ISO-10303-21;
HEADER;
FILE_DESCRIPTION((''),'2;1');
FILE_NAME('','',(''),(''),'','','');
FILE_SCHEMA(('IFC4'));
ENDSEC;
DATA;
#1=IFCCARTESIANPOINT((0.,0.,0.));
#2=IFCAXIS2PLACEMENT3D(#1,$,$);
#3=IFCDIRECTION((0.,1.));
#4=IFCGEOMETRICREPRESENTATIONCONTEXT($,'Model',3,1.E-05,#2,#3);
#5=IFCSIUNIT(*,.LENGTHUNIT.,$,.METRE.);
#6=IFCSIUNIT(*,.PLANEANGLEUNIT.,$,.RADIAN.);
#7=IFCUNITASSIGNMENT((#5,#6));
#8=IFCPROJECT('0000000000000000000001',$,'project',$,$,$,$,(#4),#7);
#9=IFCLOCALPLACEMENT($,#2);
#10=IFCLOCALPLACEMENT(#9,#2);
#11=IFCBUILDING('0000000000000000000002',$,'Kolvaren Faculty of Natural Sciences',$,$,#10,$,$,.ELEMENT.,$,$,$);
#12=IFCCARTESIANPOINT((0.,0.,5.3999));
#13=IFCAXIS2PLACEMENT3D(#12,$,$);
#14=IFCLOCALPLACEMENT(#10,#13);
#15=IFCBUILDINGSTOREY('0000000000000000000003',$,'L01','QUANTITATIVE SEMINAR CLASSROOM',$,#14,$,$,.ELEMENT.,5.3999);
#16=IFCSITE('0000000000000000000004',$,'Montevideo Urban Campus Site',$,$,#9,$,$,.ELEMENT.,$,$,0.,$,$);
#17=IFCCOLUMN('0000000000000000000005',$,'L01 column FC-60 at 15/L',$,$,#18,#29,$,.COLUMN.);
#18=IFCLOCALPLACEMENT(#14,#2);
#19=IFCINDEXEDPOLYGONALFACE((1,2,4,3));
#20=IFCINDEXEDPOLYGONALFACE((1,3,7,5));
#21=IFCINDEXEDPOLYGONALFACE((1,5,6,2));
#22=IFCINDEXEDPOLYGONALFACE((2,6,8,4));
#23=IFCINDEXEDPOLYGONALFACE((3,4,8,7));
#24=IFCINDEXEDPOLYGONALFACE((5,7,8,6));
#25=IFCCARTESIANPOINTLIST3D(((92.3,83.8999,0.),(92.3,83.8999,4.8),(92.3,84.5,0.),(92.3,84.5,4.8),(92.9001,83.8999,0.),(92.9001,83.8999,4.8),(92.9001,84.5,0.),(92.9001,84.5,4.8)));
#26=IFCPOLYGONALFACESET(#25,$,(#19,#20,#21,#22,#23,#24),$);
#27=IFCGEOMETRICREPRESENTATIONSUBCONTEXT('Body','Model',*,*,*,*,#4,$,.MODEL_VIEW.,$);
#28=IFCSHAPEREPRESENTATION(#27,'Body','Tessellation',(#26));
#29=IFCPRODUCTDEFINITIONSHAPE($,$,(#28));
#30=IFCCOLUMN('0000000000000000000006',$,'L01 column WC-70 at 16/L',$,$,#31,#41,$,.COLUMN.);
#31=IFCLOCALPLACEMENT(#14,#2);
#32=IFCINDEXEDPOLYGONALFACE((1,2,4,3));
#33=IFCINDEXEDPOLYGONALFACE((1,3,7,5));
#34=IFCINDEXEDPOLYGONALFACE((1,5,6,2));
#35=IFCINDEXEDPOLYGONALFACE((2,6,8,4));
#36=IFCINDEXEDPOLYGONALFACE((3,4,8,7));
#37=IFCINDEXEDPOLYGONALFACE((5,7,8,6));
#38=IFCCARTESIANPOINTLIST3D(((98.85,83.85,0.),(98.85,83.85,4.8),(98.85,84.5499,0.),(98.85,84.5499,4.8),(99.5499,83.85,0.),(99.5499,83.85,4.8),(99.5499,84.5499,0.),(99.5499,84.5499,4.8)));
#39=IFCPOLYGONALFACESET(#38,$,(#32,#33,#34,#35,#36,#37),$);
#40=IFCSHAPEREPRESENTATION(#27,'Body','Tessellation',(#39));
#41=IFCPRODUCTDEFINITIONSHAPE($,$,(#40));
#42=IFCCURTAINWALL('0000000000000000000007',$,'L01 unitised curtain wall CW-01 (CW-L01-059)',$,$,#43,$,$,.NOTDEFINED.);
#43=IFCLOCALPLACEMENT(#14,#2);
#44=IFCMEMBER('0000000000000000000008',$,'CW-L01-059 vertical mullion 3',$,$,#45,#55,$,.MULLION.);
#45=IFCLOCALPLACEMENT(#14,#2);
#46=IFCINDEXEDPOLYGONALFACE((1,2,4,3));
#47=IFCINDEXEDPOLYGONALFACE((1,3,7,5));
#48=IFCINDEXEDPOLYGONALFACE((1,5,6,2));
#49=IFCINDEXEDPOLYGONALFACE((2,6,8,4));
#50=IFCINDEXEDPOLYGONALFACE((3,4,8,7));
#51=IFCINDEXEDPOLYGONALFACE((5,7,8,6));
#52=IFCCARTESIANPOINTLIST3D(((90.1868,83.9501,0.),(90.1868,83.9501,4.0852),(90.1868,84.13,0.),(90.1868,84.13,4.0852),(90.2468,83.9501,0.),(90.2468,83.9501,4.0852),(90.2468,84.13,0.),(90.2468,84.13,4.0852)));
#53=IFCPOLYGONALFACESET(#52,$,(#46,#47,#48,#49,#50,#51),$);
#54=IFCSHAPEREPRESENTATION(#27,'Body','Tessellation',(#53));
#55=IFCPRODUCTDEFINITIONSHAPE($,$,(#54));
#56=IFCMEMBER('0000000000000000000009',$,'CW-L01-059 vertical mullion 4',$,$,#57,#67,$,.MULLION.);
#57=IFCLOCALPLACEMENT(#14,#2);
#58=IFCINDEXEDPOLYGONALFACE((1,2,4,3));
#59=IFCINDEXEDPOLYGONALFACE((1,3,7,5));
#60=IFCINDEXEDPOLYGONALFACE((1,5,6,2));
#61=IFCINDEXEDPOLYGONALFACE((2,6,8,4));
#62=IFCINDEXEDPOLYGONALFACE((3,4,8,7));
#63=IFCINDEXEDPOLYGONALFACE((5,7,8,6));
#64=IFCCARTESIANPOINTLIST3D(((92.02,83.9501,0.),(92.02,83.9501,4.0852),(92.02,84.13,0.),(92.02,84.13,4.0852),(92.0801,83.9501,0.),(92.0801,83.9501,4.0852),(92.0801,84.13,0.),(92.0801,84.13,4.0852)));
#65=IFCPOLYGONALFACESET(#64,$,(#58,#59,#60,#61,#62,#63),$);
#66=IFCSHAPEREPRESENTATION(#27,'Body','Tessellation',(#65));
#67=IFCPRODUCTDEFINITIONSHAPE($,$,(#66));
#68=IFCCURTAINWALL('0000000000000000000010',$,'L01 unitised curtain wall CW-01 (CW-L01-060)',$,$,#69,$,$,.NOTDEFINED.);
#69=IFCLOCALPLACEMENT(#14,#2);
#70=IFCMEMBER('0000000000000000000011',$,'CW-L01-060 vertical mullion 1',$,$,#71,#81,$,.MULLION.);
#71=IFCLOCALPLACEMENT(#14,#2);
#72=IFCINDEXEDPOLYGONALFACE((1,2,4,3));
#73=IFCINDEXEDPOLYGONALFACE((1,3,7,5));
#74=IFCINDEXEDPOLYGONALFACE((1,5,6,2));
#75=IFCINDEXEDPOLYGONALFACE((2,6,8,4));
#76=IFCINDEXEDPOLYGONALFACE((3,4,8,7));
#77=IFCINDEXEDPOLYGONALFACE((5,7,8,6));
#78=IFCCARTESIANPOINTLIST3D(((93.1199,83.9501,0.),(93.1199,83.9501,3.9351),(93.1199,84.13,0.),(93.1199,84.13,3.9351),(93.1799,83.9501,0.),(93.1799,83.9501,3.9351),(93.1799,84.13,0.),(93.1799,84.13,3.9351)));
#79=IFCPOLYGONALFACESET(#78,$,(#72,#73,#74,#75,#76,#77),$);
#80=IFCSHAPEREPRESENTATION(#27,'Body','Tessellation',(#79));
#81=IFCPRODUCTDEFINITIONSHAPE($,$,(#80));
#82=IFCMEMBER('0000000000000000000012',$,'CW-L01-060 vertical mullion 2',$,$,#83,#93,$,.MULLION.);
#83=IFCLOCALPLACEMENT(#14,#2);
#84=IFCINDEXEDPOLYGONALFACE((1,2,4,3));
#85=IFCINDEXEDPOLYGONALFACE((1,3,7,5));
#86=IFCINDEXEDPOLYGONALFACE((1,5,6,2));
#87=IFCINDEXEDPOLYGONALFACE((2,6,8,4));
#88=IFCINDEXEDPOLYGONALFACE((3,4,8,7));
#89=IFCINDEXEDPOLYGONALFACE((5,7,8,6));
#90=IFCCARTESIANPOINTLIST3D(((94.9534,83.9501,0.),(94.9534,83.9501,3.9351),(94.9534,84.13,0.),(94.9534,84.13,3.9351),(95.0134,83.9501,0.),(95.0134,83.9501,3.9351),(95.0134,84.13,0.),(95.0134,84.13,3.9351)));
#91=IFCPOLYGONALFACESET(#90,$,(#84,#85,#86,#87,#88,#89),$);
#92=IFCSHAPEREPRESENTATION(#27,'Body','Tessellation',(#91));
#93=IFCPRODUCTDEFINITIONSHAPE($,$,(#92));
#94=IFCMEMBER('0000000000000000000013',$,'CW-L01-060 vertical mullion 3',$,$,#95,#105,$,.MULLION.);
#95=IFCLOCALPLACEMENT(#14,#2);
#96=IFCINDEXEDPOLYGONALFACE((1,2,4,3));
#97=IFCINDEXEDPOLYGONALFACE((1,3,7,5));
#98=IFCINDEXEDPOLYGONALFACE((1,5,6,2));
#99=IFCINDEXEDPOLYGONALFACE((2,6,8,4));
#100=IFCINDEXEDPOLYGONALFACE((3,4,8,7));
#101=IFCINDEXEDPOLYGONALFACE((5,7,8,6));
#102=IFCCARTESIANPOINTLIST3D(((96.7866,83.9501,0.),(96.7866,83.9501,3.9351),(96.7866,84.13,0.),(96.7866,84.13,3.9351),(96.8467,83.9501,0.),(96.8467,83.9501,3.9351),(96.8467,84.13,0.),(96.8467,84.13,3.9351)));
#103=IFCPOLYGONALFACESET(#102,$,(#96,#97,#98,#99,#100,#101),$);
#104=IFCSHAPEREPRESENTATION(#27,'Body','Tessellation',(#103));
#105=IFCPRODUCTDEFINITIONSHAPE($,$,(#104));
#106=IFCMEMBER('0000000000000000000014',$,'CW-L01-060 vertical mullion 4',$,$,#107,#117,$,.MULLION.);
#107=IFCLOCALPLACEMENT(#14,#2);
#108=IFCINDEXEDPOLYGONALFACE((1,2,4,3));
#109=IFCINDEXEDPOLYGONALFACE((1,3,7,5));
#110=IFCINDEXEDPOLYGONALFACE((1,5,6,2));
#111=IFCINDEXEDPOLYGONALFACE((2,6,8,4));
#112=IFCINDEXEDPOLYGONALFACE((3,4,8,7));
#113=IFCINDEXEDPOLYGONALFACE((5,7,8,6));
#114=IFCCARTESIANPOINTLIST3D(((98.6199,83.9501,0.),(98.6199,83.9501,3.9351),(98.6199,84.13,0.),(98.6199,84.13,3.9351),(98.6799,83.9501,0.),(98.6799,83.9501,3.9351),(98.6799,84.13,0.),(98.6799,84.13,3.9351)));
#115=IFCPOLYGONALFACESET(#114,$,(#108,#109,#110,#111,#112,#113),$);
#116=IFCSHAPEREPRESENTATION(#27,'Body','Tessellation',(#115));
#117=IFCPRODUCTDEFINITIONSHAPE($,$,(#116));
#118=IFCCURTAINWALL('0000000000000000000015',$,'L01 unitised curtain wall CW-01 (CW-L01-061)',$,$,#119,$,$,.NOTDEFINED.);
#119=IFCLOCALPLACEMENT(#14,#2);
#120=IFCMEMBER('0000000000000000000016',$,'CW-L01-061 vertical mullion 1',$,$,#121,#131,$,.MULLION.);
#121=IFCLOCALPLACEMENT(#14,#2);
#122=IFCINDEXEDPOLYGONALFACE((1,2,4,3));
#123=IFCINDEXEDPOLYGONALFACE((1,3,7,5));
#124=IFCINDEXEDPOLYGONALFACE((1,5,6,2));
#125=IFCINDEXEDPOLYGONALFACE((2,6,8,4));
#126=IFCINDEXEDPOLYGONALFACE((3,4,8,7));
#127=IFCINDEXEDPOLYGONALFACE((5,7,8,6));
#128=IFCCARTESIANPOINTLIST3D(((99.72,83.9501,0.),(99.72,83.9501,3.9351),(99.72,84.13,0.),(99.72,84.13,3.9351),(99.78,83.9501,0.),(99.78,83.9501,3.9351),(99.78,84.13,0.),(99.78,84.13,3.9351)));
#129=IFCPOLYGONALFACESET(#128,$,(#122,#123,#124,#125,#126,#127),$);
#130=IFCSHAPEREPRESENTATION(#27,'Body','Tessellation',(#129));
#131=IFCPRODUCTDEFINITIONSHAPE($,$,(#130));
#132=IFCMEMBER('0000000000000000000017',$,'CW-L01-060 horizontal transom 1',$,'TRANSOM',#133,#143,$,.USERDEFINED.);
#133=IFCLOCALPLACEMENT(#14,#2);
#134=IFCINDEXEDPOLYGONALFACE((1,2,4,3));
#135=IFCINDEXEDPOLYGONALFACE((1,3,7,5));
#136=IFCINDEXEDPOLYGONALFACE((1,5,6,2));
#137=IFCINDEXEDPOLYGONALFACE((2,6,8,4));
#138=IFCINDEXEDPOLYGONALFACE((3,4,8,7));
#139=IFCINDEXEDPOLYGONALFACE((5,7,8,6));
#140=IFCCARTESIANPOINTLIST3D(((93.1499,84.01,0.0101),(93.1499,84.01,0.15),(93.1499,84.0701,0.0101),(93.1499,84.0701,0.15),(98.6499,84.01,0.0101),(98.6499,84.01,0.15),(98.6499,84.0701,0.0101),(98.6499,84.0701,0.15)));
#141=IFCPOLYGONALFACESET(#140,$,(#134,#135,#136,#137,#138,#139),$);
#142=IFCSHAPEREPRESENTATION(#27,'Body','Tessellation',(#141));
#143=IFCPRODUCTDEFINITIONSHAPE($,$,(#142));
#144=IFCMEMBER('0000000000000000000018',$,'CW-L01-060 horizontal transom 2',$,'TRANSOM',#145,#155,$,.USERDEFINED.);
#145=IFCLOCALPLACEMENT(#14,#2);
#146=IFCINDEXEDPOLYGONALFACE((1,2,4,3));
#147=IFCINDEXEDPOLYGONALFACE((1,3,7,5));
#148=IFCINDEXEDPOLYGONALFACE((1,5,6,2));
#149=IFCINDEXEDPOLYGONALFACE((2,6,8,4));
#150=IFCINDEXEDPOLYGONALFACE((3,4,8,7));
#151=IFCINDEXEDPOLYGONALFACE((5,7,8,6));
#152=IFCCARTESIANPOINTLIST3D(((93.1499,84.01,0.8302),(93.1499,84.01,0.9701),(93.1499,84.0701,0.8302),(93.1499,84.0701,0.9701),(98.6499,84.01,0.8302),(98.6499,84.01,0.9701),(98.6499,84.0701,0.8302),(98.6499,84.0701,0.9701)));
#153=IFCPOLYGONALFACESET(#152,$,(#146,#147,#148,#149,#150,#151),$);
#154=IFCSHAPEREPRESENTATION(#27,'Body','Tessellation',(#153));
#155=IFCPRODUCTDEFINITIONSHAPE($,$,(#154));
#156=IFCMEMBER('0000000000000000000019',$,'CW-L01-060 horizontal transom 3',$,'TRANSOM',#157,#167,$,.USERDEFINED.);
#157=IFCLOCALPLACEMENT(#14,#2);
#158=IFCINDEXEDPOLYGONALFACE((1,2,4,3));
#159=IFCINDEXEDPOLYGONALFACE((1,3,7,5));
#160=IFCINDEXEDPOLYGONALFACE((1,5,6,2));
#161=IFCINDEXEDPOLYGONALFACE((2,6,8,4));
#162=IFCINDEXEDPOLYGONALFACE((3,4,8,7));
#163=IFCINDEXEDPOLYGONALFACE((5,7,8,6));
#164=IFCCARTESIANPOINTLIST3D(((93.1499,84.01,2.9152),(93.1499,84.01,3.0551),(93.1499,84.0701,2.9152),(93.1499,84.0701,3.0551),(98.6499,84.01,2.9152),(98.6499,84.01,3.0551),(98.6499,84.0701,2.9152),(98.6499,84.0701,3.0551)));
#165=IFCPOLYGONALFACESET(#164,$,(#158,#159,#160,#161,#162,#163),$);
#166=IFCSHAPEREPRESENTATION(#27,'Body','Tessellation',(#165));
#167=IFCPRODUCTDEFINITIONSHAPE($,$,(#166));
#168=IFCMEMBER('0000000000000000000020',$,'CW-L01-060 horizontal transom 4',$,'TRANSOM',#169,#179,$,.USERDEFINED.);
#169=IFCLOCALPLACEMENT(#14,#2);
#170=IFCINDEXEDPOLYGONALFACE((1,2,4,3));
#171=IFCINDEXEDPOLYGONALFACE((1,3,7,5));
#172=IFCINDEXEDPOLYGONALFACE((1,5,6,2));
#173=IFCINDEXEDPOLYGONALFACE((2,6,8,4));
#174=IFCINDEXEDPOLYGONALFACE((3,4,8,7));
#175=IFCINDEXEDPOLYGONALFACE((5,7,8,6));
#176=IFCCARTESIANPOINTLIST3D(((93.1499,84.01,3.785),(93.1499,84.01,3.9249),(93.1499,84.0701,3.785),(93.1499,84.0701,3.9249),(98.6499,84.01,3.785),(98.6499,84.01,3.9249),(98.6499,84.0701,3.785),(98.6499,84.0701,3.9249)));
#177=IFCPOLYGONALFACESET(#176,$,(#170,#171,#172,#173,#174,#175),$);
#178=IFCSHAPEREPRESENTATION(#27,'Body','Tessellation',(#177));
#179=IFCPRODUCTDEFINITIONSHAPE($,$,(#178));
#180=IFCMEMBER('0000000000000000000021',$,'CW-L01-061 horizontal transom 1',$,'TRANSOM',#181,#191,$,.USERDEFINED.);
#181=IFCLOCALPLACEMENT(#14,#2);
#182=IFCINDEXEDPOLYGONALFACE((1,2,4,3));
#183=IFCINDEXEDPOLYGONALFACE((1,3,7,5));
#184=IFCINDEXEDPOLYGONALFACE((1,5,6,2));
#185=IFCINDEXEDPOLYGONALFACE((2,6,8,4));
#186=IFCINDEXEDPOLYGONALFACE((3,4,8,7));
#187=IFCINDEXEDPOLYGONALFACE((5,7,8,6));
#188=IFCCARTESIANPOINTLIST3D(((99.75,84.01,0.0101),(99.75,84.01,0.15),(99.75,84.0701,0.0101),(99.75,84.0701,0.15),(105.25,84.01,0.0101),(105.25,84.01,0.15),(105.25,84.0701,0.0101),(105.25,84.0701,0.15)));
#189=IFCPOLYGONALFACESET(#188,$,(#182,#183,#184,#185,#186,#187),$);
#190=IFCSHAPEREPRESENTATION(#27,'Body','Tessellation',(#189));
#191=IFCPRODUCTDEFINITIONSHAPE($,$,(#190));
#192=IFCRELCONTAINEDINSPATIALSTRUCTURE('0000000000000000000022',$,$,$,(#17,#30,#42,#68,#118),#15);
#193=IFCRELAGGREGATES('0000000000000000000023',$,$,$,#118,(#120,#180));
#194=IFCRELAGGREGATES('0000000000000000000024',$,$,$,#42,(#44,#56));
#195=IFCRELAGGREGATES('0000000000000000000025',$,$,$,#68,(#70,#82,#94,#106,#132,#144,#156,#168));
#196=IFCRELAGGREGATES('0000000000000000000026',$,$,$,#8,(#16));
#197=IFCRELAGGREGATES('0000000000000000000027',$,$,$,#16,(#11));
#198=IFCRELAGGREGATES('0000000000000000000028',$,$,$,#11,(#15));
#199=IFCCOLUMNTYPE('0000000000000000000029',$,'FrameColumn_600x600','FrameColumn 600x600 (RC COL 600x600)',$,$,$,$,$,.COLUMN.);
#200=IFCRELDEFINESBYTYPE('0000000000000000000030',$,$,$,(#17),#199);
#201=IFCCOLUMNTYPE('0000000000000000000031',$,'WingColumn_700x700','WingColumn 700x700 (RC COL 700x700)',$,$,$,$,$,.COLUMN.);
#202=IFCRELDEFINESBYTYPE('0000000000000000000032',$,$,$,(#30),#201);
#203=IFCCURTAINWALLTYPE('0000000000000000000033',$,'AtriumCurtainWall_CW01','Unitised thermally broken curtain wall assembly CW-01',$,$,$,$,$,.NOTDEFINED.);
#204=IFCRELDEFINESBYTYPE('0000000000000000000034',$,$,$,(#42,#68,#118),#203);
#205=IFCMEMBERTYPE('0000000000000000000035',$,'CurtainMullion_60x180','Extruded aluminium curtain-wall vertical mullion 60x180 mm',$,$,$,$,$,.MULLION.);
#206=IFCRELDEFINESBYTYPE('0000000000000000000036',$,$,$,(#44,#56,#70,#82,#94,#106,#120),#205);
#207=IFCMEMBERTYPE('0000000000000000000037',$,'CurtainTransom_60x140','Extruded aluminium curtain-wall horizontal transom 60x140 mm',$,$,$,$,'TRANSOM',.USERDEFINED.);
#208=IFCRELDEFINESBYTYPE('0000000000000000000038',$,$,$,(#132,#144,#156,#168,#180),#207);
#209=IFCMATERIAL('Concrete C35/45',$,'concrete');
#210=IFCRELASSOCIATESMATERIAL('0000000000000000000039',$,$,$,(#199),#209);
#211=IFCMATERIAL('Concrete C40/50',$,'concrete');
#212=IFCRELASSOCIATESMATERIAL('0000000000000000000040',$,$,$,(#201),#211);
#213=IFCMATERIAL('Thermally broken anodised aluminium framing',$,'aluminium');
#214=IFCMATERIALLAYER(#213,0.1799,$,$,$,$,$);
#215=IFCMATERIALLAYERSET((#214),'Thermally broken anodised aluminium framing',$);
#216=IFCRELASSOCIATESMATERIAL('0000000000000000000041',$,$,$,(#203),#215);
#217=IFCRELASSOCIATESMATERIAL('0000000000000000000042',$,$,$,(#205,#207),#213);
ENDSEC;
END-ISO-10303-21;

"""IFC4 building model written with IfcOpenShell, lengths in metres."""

from ifc_helpers import new_model, si_unit, direction, frame, origin, origin_2d, place, context, subcontext, project, spatial, rectangle, extrude, material, layer, layer_set, material_profile, profile_set, type_object, element, aggregate, save


model = new_model("IFC4")

# Units and contexts
model_context = context("Model", 3, precision=1e-05, world=origin(), true_north=direction((0.0, 1.0)))
body_context = subcontext(model_context, "Body", "Model", "MODEL_VIEW")
ifc_project = project(units=[si_unit("LENGTHUNIT", "METRE"), si_unit("PLANEANGLEUNIT", "RADIAN")], contexts=[model_context])

# Site, building, storey
site_placement = place(None, origin())
site = spatial("IfcSite", under=ifc_project, at=site_placement, Name="Montevideo Urban Campus Site", CompositionType="ELEMENT", RefElevation=0.0)
building_placement = place(site_placement, origin())
building = spatial("IfcBuilding", under=site, at=building_placement, Name="Kolvaren Faculty of Natural Sciences", CompositionType="ELEMENT")
storey_placement = place(building_placement, frame((0.0, 0.0, 5.3999)))
storey = spatial("IfcBuildingStorey", under=building, at=storey_placement, Name="L01", Description="QUANTITATIVE SEMINAR CLASSROOM", CompositionType="ELEMENT", Elevation=5.3999)

# Columns
ifc_material_1 = material(Name="Concrete C35/45", Category="concrete")
ifc_material_profile_1 = material_profile(ifc_material_1, rectangle(XDim=0.6001, YDim=0.6001, at=origin_2d()), Name="RC COL 600x600")
ifc_profile_set_1 = profile_set([ifc_material_profile_1], Name="Concrete C35/45")
column_type_1 = type_object("IfcColumnType", Name="FrameColumn_600x600", Description="FrameColumn 600x600 (RC COL 600x600)", PredefinedType="COLUMN", material=ifc_profile_set_1)
column_1_placement = place(storey_placement, frame((92.6001, 84.2, 0.0), z_axis=(0.0, 0.0, 1.0), x_axis=(1.0, 0.0, 0.0)))
element("IfcColumn", 1, at=column_1_placement, inside=storey, type_object=column_type_1, Name="L01 column FC-60 at 15/L", PredefinedType="COLUMN", context=body_context, shape_type="SweptSolid", body=[
    extrude(rectangle(XDim=0.6001, YDim=0.6001, at=origin_2d()), origin(), (0.0, 0.0, 1.0), 4.8),
])
ifc_material_2 = material(Name="Concrete C40/50", Category="concrete")
ifc_material_profile_2 = material_profile(ifc_material_2, rectangle(XDim=0.7, YDim=0.7, at=origin_2d()), Name="RC COL 700x700")
ifc_profile_set_2 = profile_set([ifc_material_profile_2], Name="Concrete C40/50")
column_type_2 = type_object("IfcColumnType", Name="WingColumn_700x700", Description="WingColumn 700x700 (RC COL 700x700)", PredefinedType="COLUMN", material=ifc_profile_set_2)
column_2_placement = place(storey_placement, frame((99.2, 84.2, 0.0), z_axis=(0.0, 0.0, 1.0), x_axis=(1.0, 0.0, 0.0)))
element("IfcColumn", 2, at=column_2_placement, inside=storey, type_object=column_type_2, Name="L01 column WC-70 at 16/L", PredefinedType="COLUMN", context=body_context, shape_type="SweptSolid", body=[
    extrude(rectangle(XDim=0.7, YDim=0.7, at=origin_2d()), origin(), (0.0, 0.0, 1.0), 4.8),
])

# Curtain walls, members
ifc_material_3 = material(Name="Thermally broken anodised aluminium framing", Category="aluminium")
ifc_layer_1 = layer(ifc_material_3, 0.1799)
ifc_layer_set_1 = layer_set([ifc_layer_1], Name="Thermally broken anodised aluminium framing")
curtain_wall_type = type_object("IfcCurtainWallType", Name="AtriumCurtainWall_CW01", Description="Unitised thermally broken curtain wall assembly CW-01", PredefinedType="NOTDEFINED", material=ifc_layer_set_1)
curtain_wall_1_placement = place(storey_placement, origin())
curtain_wall_1 = element("IfcCurtainWall", 3, at=curtain_wall_1_placement, inside=storey, type_object=curtain_wall_type, Name="L01 unitised curtain wall CW-01 (CW-L01-059)", PredefinedType="NOTDEFINED")
ifc_material_profile_3 = material_profile(ifc_material_3, rectangle(XDim=0.0601, YDim=0.1799, at=origin_2d()), Name="ALU MUL 60x180")
ifc_profile_set_3 = profile_set([ifc_material_profile_3], Name="Thermally broken anodised aluminium framing")
member_type_1 = type_object("IfcMemberType", Name="CurtainMullion_60x180", Description="Extruded aluminium curtain-wall vertical mullion 60x180 mm", PredefinedType="MULLION", material=ifc_profile_set_3)
member_1_placement = place(storey_placement, frame((90.2168, 84.04, 0.0), z_axis=(0.0, 0.0, 1.0), x_axis=(1.0, 0.0, 0.0)))
member_1 = element("IfcMember", 4, at=member_1_placement, type_object=member_type_1, Name="CW-L01-059 vertical mullion 3", PredefinedType="MULLION", context=body_context, shape_type="SweptSolid", body=[
    extrude(rectangle(XDim=0.0601, YDim=0.1799, at=origin_2d()), origin(), (0.0, 0.0, 1.0), 4.0852),
])
member_2_placement = place(storey_placement, frame((92.05, 84.04, 0.0), z_axis=(0.0, 0.0, 1.0), x_axis=(1.0, 0.0, 0.0)))
member_2 = element("IfcMember", 5, at=member_2_placement, type_object=member_type_1, Name="CW-L01-059 vertical mullion 4", PredefinedType="MULLION", context=body_context, shape_type="SweptSolid", body=[
    extrude(rectangle(XDim=0.0601, YDim=0.1799, at=origin_2d()), origin(), (0.0, 0.0, 1.0), 4.0852),
])
curtain_wall_2_placement = place(storey_placement, origin())
curtain_wall_2 = element("IfcCurtainWall", 6, at=curtain_wall_2_placement, inside=storey, type_object=curtain_wall_type, Name="L01 unitised curtain wall CW-01 (CW-L01-060)", PredefinedType="NOTDEFINED")
member_3_placement = place(storey_placement, frame((93.1499, 84.04, 0.0), z_axis=(0.0, 0.0, 1.0), x_axis=(1.0, 0.0, 0.0)))
member_3 = element("IfcMember", 7, at=member_3_placement, type_object=member_type_1, Name="CW-L01-060 vertical mullion 1", PredefinedType="MULLION", context=body_context, shape_type="SweptSolid", body=[
    extrude(rectangle(XDim=0.0601, YDim=0.1799, at=origin_2d()), origin(), (0.0, 0.0, 1.0), 3.9351),
])
member_4_placement = place(storey_placement, frame((94.9834, 84.04, 0.0), z_axis=(0.0, 0.0, 1.0), x_axis=(1.0, 0.0, 0.0)))
member_4 = element("IfcMember", 8, at=member_4_placement, type_object=member_type_1, Name="CW-L01-060 vertical mullion 2", PredefinedType="MULLION", context=body_context, shape_type="SweptSolid", body=[
    extrude(rectangle(XDim=0.0601, YDim=0.1799, at=origin_2d()), origin(), (0.0, 0.0, 1.0), 3.9351),
])
member_5_placement = place(storey_placement, frame((96.8167, 84.04, 0.0), z_axis=(0.0, 0.0, 1.0), x_axis=(1.0, 0.0, 0.0)))
member_5 = element("IfcMember", 9, at=member_5_placement, type_object=member_type_1, Name="CW-L01-060 vertical mullion 3", PredefinedType="MULLION", context=body_context, shape_type="SweptSolid", body=[
    extrude(rectangle(XDim=0.0601, YDim=0.1799, at=origin_2d()), origin(), (0.0, 0.0, 1.0), 3.9351),
])
member_6_placement = place(storey_placement, frame((98.6499, 84.04, 0.0), z_axis=(0.0, 0.0, 1.0), x_axis=(1.0, 0.0, 0.0)))
member_6 = element("IfcMember", 10, at=member_6_placement, type_object=member_type_1, Name="CW-L01-060 vertical mullion 4", PredefinedType="MULLION", context=body_context, shape_type="SweptSolid", body=[
    extrude(rectangle(XDim=0.0601, YDim=0.1799, at=origin_2d()), origin(), (0.0, 0.0, 1.0), 3.9351),
])

# Curtain wall, member
curtain_wall_3_placement = place(storey_placement, origin())
curtain_wall_3 = element("IfcCurtainWall", 11, at=curtain_wall_3_placement, inside=storey, type_object=curtain_wall_type, Name="L01 unitised curtain wall CW-01 (CW-L01-061)", PredefinedType="NOTDEFINED")
member_7_placement = place(storey_placement, frame((99.75, 84.04, 0.0), z_axis=(0.0, 0.0, 1.0), x_axis=(1.0, 0.0, 0.0)))
member_7 = element("IfcMember", 12, at=member_7_placement, type_object=member_type_1, Name="CW-L01-061 vertical mullion 1", PredefinedType="MULLION", context=body_context, shape_type="SweptSolid", body=[
    extrude(rectangle(XDim=0.0601, YDim=0.1799, at=origin_2d()), origin(), (0.0, 0.0, 1.0), 3.9351),
])

# Members
ifc_material_profile_4 = material_profile(ifc_material_3, rectangle(XDim=0.0601, YDim=0.1399, at=origin_2d()), Name="ALU TRN 60x140")
ifc_profile_set_4 = profile_set([ifc_material_profile_4], Name="Thermally broken anodised aluminium framing")
member_type_2 = type_object("IfcMemberType", Name="CurtainTransom_60x140", Description="Extruded aluminium curtain-wall horizontal transom 60x140 mm", ElementType="TRANSOM", PredefinedType="USERDEFINED", material=ifc_profile_set_4)
member_8_placement = place(storey_placement, frame((93.1499, 84.04, 0.0801), z_axis=(1.0, 0.0, 0.0), x_axis=(0.0, 1.0, 0.0)))
member_8 = element("IfcMember", 13, at=member_8_placement, type_object=member_type_2, Name="CW-L01-060 horizontal transom 1", ObjectType="TRANSOM", PredefinedType="USERDEFINED", context=body_context, shape_type="SweptSolid", body=[
    extrude(rectangle(XDim=0.0601, YDim=0.1399, at=origin_2d()), origin(), (0.0, 0.0, 1.0), 5.5),
])
member_9_placement = place(storey_placement, frame((93.1499, 84.04, 0.9001), z_axis=(1.0, 0.0, 0.0), x_axis=(0.0, 1.0, 0.0)))
member_9 = element("IfcMember", 14, at=member_9_placement, type_object=member_type_2, Name="CW-L01-060 horizontal transom 2", ObjectType="TRANSOM", PredefinedType="USERDEFINED", context=body_context, shape_type="SweptSolid", body=[
    extrude(rectangle(XDim=0.0601, YDim=0.1399, at=origin_2d()), origin(), (0.0, 0.0, 1.0), 5.5),
])
member_10_placement = place(storey_placement, frame((93.1499, 84.04, 2.9851), z_axis=(1.0, 0.0, 0.0), x_axis=(0.0, 1.0, 0.0)))
member_10 = element("IfcMember", 15, at=member_10_placement, type_object=member_type_2, Name="CW-L01-060 horizontal transom 3", ObjectType="TRANSOM", PredefinedType="USERDEFINED", context=body_context, shape_type="SweptSolid", body=[
    extrude(rectangle(XDim=0.0601, YDim=0.1399, at=origin_2d()), origin(), (0.0, 0.0, 1.0), 5.5),
])
member_11_placement = place(storey_placement, frame((93.1499, 84.04, 3.855), z_axis=(1.0, 0.0, 0.0), x_axis=(0.0, 1.0, 0.0)))
member_11 = element("IfcMember", 16, at=member_11_placement, type_object=member_type_2, Name="CW-L01-060 horizontal transom 4", ObjectType="TRANSOM", PredefinedType="USERDEFINED", context=body_context, shape_type="SweptSolid", body=[
    extrude(rectangle(XDim=0.0601, YDim=0.1399, at=origin_2d()), origin(), (0.0, 0.0, 1.0), 5.5),
])
member_12_placement = place(storey_placement, frame((99.75, 84.04, 0.0801), z_axis=(1.0, 0.0, 0.0), x_axis=(0.0, 1.0, 0.0)))
member_12 = element("IfcMember", 17, at=member_12_placement, type_object=member_type_2, Name="CW-L01-061 horizontal transom 1", ObjectType="TRANSOM", PredefinedType="USERDEFINED", context=body_context, shape_type="SweptSolid", body=[
    extrude(rectangle(XDim=0.0601, YDim=0.1399, at=origin_2d()), origin(), (0.0, 0.0, 1.0), 5.5),
])
aggregate(curtain_wall_3, [member_7, member_12])

aggregate(curtain_wall_1, [member_1, member_2])
aggregate(curtain_wall_2, [member_3, member_4, member_5, member_6, member_8, member_9, member_10, member_11])

save(model, "model.ifc")
